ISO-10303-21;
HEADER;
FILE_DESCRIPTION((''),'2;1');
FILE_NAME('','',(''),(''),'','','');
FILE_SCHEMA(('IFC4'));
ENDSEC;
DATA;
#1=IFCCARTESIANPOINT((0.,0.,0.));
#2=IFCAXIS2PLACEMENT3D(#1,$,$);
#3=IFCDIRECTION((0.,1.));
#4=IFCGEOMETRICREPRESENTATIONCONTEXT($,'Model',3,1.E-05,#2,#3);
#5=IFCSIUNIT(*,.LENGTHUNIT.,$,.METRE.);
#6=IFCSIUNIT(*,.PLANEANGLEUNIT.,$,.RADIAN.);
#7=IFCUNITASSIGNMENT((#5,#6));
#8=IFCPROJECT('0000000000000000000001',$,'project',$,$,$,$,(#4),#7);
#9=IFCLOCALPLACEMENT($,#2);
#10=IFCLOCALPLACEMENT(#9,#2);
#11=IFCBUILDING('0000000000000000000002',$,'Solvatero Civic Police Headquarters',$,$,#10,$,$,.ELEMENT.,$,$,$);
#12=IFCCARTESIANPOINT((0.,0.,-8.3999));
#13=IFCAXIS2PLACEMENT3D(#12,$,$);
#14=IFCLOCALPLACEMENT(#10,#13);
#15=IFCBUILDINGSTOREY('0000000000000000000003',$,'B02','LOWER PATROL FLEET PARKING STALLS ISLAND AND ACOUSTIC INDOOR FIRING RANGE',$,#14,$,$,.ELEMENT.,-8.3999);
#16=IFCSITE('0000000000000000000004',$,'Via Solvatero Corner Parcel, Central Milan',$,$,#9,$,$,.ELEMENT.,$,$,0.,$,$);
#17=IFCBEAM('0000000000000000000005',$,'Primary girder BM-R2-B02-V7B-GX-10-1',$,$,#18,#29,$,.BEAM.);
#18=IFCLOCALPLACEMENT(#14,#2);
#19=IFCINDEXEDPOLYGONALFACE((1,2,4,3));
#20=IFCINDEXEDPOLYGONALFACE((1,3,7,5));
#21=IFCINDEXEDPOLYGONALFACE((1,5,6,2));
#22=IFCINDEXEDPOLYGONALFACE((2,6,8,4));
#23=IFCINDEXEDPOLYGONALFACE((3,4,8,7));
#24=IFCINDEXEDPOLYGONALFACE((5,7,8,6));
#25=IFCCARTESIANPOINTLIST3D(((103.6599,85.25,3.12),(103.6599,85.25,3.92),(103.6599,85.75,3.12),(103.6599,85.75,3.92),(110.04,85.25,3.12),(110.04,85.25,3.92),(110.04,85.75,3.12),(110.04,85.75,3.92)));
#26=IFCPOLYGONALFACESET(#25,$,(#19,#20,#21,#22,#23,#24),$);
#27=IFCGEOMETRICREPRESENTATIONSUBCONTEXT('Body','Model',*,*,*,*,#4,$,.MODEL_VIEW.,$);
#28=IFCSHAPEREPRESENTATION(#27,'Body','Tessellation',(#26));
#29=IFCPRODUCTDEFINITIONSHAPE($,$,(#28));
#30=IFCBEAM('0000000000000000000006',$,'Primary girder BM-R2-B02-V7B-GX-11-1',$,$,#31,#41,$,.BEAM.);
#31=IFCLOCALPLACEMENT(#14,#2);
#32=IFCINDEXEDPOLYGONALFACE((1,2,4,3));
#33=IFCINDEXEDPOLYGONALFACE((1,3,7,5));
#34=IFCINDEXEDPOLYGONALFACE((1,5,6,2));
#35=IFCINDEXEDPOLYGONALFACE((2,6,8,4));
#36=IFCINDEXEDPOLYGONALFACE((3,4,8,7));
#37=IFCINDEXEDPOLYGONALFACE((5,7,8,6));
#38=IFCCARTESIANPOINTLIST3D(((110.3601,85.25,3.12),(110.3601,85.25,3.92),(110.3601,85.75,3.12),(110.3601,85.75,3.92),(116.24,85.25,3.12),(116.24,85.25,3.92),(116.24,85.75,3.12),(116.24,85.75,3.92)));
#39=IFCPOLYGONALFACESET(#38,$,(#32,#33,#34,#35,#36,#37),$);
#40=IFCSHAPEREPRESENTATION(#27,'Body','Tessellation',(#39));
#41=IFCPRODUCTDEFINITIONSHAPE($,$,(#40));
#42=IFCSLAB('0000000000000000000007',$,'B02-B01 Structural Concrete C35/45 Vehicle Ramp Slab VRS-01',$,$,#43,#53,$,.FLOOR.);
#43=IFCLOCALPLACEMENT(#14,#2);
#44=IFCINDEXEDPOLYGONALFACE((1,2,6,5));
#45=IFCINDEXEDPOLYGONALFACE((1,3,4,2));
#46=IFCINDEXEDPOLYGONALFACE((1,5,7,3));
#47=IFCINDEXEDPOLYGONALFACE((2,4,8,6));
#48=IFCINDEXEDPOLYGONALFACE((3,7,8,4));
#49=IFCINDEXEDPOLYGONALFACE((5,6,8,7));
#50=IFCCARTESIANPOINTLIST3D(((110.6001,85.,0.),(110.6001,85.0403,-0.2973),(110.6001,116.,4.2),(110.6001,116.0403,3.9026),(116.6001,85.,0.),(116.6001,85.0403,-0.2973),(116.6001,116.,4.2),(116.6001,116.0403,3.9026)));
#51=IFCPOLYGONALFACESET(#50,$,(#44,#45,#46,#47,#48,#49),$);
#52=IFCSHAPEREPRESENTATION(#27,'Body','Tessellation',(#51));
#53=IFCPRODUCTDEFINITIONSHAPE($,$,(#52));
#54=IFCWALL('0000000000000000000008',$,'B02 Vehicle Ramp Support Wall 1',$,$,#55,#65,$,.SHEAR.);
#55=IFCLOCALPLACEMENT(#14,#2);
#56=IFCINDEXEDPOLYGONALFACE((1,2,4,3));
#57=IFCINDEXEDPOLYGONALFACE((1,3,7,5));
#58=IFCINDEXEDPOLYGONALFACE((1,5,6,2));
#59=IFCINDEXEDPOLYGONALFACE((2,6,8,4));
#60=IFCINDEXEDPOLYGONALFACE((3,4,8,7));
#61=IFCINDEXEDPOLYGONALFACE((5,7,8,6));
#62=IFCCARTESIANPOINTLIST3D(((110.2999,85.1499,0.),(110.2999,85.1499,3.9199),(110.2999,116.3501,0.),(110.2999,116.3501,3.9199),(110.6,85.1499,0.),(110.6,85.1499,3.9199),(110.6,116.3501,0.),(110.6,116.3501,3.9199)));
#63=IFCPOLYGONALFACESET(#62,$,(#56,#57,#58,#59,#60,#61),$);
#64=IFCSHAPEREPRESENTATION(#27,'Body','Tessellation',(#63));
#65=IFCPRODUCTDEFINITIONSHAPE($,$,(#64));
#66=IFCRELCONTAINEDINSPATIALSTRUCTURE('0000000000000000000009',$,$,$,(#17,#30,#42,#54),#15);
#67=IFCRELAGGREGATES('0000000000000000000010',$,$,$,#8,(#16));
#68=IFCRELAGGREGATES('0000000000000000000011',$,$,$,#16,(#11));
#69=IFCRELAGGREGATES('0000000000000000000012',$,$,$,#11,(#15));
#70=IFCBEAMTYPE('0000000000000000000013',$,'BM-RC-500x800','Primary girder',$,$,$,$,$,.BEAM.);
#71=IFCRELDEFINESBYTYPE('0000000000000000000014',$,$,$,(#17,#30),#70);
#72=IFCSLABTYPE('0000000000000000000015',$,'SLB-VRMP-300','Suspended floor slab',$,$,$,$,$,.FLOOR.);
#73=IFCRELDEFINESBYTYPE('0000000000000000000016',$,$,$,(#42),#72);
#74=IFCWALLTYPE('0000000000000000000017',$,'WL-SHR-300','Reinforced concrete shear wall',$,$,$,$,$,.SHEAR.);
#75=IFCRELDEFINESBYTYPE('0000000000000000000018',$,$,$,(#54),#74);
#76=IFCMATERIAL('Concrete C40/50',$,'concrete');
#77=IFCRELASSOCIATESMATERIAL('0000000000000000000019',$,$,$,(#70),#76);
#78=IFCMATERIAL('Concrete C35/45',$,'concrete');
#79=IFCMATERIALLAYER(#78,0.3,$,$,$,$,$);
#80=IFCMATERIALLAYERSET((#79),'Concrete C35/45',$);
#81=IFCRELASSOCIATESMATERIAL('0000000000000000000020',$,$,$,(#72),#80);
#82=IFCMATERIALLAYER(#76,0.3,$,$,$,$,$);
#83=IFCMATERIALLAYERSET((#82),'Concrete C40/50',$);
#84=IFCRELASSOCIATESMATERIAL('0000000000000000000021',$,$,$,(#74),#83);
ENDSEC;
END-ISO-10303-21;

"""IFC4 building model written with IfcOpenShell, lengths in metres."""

from ifc_helpers import new_model, si_unit, direction, frame, frame_2d, origin, origin_2d, place, context, subcontext, project, spatial, polyline, rectangle, outline, extrude, material, layer, layer_set, material_profile, profile_set, type_object, element, save


model = new_model("IFC4")

# Units and contexts
model_context = context("Model", 3, precision=1e-05, world=origin(), true_north=direction((0.0, 1.0)))
body_context = subcontext(model_context, "Body", "Model", "MODEL_VIEW")
ifc_project = project(units=[si_unit("LENGTHUNIT", "METRE"), si_unit("PLANEANGLEUNIT", "RADIAN")], contexts=[model_context])

# Site, building, storey
site_placement = place(None, origin())
site = spatial("IfcSite", under=ifc_project, at=site_placement, Name="Via Solvatero Corner Parcel, Central Milan", CompositionType="ELEMENT", RefElevation=0.0)
building_placement = place(site_placement, origin())
building = spatial("IfcBuilding", under=site, at=building_placement, Name="Solvatero Civic Police Headquarters", CompositionType="ELEMENT")
storey_placement = place(building_placement, frame((0.0, 0.0, -8.3999)))
storey = spatial("IfcBuildingStorey", under=building, at=storey_placement, Name="B02", Description="LOWER PATROL FLEET PARKING STALLS ISLAND AND ACOUSTIC INDOOR FIRING RANGE", CompositionType="ELEMENT", Elevation=-8.3999)

# Shared definitions
ifc_material_1 = material(Name="Concrete C35/45", Category="concrete")

# Shared definitions
ifc_material_2 = material(Name="Concrete C40/50", Category="concrete")

# Beams
ifc_material_profile_1 = material_profile(ifc_material_2, rectangle(XDim=0.5, YDim=0.8, at=origin_2d()), Name="RC 500x800")
ifc_profile_set_1 = profile_set([ifc_material_profile_1], Name="Concrete C40/50")
beam_type_1 = type_object("IfcBeamType", Name="BM-RC-500x800", Description="Primary girder", PredefinedType="BEAM", material=ifc_profile_set_1)
beam_1_placement = place(storey_placement, frame((103.6599, 85.5, 3.52), z_axis=(1.0, 0.0, 0.0), x_axis=(0.0, 1.0, 0.0)))
element("IfcBeam", 1, at=beam_1_placement, inside=storey, type_object=beam_type_1, Name="Primary girder BM-R2-B02-V7B-GX-10-1", PredefinedType="BEAM", context=body_context, shape_type="SweptSolid", body=[
    extrude(rectangle(XDim=0.5, YDim=0.8, at=origin_2d()), origin(), (0.0, 0.0, 1.0), 6.3801),
])
beam_2_placement = place(storey_placement, frame((110.3601, 85.5, 3.52), z_axis=(1.0, 0.0, 0.0), x_axis=(0.0, 1.0, 0.0)))
element("IfcBeam", 2, at=beam_2_placement, inside=storey, type_object=beam_type_1, Name="Primary girder BM-R2-B02-V7B-GX-11-1", PredefinedType="BEAM", context=body_context, shape_type="SweptSolid", body=[
    extrude(rectangle(XDim=0.5, YDim=0.8, at=origin_2d()), origin(), (0.0, 0.0, 1.0), 5.8799),
])

# Slab
ifc_layer_1 = layer(ifc_material_1, 0.3)
ifc_layer_set_1 = layer_set([ifc_layer_1], Name="Concrete C35/45")
slab_type = type_object("IfcSlabType", Name="SLB-VRMP-300", Description="Suspended floor slab", PredefinedType="FLOOR", material=ifc_layer_set_1)
slab_placement = place(storey_placement, frame((110.6001, 85.0, 0.0), z_axis=(0.0, -0.134256, 0.990947), x_axis=(1.0, 0.0, 0.0)))
element("IfcSlab", 3, at=slab_placement, inside=storey, type_object=slab_type, Name="B02-B01 Structural Concrete C35/45 Vehicle Ramp Slab VRS-01", PredefinedType="FLOOR", context=body_context, shape_type="SweptSolid", body=[
    extrude(outline(polyline([(0.0, 0.0), (6.0, 0.0), (6.0, 31.2832), (0.0, 31.2832), (0.0, 0.0)])), origin(), (0.0, 0.0, -1.0), 0.3),
])

# Wall
ifc_layer_2 = layer(ifc_material_2, 0.3)
ifc_layer_set_2 = layer_set([ifc_layer_2], Name="Concrete C40/50")
wall_type = type_object("IfcWallType", Name="WL-SHR-300", Description="Reinforced concrete shear wall", PredefinedType="SHEAR", material=ifc_layer_set_2)
wall_placement = place(storey_placement, frame((110.45, 85.1499, 0.0), z_axis=(0.0, 0.0, 1.0), x_axis=(0.0, 1.0, 0.0)))
element("IfcWall", 4, at=wall_placement, inside=storey, type_object=wall_type, Name="B02 Vehicle Ramp Support Wall 1", PredefinedType="SHEAR", context=body_context, shape_type="SweptSolid", body=[
    extrude(rectangle(XDim=31.2002, YDim=0.3, at=frame_2d((15.6001, 0.0))), origin(), (0.0, 0.0, 1.0), 3.9199),
])

save(model, "model.ifc")
